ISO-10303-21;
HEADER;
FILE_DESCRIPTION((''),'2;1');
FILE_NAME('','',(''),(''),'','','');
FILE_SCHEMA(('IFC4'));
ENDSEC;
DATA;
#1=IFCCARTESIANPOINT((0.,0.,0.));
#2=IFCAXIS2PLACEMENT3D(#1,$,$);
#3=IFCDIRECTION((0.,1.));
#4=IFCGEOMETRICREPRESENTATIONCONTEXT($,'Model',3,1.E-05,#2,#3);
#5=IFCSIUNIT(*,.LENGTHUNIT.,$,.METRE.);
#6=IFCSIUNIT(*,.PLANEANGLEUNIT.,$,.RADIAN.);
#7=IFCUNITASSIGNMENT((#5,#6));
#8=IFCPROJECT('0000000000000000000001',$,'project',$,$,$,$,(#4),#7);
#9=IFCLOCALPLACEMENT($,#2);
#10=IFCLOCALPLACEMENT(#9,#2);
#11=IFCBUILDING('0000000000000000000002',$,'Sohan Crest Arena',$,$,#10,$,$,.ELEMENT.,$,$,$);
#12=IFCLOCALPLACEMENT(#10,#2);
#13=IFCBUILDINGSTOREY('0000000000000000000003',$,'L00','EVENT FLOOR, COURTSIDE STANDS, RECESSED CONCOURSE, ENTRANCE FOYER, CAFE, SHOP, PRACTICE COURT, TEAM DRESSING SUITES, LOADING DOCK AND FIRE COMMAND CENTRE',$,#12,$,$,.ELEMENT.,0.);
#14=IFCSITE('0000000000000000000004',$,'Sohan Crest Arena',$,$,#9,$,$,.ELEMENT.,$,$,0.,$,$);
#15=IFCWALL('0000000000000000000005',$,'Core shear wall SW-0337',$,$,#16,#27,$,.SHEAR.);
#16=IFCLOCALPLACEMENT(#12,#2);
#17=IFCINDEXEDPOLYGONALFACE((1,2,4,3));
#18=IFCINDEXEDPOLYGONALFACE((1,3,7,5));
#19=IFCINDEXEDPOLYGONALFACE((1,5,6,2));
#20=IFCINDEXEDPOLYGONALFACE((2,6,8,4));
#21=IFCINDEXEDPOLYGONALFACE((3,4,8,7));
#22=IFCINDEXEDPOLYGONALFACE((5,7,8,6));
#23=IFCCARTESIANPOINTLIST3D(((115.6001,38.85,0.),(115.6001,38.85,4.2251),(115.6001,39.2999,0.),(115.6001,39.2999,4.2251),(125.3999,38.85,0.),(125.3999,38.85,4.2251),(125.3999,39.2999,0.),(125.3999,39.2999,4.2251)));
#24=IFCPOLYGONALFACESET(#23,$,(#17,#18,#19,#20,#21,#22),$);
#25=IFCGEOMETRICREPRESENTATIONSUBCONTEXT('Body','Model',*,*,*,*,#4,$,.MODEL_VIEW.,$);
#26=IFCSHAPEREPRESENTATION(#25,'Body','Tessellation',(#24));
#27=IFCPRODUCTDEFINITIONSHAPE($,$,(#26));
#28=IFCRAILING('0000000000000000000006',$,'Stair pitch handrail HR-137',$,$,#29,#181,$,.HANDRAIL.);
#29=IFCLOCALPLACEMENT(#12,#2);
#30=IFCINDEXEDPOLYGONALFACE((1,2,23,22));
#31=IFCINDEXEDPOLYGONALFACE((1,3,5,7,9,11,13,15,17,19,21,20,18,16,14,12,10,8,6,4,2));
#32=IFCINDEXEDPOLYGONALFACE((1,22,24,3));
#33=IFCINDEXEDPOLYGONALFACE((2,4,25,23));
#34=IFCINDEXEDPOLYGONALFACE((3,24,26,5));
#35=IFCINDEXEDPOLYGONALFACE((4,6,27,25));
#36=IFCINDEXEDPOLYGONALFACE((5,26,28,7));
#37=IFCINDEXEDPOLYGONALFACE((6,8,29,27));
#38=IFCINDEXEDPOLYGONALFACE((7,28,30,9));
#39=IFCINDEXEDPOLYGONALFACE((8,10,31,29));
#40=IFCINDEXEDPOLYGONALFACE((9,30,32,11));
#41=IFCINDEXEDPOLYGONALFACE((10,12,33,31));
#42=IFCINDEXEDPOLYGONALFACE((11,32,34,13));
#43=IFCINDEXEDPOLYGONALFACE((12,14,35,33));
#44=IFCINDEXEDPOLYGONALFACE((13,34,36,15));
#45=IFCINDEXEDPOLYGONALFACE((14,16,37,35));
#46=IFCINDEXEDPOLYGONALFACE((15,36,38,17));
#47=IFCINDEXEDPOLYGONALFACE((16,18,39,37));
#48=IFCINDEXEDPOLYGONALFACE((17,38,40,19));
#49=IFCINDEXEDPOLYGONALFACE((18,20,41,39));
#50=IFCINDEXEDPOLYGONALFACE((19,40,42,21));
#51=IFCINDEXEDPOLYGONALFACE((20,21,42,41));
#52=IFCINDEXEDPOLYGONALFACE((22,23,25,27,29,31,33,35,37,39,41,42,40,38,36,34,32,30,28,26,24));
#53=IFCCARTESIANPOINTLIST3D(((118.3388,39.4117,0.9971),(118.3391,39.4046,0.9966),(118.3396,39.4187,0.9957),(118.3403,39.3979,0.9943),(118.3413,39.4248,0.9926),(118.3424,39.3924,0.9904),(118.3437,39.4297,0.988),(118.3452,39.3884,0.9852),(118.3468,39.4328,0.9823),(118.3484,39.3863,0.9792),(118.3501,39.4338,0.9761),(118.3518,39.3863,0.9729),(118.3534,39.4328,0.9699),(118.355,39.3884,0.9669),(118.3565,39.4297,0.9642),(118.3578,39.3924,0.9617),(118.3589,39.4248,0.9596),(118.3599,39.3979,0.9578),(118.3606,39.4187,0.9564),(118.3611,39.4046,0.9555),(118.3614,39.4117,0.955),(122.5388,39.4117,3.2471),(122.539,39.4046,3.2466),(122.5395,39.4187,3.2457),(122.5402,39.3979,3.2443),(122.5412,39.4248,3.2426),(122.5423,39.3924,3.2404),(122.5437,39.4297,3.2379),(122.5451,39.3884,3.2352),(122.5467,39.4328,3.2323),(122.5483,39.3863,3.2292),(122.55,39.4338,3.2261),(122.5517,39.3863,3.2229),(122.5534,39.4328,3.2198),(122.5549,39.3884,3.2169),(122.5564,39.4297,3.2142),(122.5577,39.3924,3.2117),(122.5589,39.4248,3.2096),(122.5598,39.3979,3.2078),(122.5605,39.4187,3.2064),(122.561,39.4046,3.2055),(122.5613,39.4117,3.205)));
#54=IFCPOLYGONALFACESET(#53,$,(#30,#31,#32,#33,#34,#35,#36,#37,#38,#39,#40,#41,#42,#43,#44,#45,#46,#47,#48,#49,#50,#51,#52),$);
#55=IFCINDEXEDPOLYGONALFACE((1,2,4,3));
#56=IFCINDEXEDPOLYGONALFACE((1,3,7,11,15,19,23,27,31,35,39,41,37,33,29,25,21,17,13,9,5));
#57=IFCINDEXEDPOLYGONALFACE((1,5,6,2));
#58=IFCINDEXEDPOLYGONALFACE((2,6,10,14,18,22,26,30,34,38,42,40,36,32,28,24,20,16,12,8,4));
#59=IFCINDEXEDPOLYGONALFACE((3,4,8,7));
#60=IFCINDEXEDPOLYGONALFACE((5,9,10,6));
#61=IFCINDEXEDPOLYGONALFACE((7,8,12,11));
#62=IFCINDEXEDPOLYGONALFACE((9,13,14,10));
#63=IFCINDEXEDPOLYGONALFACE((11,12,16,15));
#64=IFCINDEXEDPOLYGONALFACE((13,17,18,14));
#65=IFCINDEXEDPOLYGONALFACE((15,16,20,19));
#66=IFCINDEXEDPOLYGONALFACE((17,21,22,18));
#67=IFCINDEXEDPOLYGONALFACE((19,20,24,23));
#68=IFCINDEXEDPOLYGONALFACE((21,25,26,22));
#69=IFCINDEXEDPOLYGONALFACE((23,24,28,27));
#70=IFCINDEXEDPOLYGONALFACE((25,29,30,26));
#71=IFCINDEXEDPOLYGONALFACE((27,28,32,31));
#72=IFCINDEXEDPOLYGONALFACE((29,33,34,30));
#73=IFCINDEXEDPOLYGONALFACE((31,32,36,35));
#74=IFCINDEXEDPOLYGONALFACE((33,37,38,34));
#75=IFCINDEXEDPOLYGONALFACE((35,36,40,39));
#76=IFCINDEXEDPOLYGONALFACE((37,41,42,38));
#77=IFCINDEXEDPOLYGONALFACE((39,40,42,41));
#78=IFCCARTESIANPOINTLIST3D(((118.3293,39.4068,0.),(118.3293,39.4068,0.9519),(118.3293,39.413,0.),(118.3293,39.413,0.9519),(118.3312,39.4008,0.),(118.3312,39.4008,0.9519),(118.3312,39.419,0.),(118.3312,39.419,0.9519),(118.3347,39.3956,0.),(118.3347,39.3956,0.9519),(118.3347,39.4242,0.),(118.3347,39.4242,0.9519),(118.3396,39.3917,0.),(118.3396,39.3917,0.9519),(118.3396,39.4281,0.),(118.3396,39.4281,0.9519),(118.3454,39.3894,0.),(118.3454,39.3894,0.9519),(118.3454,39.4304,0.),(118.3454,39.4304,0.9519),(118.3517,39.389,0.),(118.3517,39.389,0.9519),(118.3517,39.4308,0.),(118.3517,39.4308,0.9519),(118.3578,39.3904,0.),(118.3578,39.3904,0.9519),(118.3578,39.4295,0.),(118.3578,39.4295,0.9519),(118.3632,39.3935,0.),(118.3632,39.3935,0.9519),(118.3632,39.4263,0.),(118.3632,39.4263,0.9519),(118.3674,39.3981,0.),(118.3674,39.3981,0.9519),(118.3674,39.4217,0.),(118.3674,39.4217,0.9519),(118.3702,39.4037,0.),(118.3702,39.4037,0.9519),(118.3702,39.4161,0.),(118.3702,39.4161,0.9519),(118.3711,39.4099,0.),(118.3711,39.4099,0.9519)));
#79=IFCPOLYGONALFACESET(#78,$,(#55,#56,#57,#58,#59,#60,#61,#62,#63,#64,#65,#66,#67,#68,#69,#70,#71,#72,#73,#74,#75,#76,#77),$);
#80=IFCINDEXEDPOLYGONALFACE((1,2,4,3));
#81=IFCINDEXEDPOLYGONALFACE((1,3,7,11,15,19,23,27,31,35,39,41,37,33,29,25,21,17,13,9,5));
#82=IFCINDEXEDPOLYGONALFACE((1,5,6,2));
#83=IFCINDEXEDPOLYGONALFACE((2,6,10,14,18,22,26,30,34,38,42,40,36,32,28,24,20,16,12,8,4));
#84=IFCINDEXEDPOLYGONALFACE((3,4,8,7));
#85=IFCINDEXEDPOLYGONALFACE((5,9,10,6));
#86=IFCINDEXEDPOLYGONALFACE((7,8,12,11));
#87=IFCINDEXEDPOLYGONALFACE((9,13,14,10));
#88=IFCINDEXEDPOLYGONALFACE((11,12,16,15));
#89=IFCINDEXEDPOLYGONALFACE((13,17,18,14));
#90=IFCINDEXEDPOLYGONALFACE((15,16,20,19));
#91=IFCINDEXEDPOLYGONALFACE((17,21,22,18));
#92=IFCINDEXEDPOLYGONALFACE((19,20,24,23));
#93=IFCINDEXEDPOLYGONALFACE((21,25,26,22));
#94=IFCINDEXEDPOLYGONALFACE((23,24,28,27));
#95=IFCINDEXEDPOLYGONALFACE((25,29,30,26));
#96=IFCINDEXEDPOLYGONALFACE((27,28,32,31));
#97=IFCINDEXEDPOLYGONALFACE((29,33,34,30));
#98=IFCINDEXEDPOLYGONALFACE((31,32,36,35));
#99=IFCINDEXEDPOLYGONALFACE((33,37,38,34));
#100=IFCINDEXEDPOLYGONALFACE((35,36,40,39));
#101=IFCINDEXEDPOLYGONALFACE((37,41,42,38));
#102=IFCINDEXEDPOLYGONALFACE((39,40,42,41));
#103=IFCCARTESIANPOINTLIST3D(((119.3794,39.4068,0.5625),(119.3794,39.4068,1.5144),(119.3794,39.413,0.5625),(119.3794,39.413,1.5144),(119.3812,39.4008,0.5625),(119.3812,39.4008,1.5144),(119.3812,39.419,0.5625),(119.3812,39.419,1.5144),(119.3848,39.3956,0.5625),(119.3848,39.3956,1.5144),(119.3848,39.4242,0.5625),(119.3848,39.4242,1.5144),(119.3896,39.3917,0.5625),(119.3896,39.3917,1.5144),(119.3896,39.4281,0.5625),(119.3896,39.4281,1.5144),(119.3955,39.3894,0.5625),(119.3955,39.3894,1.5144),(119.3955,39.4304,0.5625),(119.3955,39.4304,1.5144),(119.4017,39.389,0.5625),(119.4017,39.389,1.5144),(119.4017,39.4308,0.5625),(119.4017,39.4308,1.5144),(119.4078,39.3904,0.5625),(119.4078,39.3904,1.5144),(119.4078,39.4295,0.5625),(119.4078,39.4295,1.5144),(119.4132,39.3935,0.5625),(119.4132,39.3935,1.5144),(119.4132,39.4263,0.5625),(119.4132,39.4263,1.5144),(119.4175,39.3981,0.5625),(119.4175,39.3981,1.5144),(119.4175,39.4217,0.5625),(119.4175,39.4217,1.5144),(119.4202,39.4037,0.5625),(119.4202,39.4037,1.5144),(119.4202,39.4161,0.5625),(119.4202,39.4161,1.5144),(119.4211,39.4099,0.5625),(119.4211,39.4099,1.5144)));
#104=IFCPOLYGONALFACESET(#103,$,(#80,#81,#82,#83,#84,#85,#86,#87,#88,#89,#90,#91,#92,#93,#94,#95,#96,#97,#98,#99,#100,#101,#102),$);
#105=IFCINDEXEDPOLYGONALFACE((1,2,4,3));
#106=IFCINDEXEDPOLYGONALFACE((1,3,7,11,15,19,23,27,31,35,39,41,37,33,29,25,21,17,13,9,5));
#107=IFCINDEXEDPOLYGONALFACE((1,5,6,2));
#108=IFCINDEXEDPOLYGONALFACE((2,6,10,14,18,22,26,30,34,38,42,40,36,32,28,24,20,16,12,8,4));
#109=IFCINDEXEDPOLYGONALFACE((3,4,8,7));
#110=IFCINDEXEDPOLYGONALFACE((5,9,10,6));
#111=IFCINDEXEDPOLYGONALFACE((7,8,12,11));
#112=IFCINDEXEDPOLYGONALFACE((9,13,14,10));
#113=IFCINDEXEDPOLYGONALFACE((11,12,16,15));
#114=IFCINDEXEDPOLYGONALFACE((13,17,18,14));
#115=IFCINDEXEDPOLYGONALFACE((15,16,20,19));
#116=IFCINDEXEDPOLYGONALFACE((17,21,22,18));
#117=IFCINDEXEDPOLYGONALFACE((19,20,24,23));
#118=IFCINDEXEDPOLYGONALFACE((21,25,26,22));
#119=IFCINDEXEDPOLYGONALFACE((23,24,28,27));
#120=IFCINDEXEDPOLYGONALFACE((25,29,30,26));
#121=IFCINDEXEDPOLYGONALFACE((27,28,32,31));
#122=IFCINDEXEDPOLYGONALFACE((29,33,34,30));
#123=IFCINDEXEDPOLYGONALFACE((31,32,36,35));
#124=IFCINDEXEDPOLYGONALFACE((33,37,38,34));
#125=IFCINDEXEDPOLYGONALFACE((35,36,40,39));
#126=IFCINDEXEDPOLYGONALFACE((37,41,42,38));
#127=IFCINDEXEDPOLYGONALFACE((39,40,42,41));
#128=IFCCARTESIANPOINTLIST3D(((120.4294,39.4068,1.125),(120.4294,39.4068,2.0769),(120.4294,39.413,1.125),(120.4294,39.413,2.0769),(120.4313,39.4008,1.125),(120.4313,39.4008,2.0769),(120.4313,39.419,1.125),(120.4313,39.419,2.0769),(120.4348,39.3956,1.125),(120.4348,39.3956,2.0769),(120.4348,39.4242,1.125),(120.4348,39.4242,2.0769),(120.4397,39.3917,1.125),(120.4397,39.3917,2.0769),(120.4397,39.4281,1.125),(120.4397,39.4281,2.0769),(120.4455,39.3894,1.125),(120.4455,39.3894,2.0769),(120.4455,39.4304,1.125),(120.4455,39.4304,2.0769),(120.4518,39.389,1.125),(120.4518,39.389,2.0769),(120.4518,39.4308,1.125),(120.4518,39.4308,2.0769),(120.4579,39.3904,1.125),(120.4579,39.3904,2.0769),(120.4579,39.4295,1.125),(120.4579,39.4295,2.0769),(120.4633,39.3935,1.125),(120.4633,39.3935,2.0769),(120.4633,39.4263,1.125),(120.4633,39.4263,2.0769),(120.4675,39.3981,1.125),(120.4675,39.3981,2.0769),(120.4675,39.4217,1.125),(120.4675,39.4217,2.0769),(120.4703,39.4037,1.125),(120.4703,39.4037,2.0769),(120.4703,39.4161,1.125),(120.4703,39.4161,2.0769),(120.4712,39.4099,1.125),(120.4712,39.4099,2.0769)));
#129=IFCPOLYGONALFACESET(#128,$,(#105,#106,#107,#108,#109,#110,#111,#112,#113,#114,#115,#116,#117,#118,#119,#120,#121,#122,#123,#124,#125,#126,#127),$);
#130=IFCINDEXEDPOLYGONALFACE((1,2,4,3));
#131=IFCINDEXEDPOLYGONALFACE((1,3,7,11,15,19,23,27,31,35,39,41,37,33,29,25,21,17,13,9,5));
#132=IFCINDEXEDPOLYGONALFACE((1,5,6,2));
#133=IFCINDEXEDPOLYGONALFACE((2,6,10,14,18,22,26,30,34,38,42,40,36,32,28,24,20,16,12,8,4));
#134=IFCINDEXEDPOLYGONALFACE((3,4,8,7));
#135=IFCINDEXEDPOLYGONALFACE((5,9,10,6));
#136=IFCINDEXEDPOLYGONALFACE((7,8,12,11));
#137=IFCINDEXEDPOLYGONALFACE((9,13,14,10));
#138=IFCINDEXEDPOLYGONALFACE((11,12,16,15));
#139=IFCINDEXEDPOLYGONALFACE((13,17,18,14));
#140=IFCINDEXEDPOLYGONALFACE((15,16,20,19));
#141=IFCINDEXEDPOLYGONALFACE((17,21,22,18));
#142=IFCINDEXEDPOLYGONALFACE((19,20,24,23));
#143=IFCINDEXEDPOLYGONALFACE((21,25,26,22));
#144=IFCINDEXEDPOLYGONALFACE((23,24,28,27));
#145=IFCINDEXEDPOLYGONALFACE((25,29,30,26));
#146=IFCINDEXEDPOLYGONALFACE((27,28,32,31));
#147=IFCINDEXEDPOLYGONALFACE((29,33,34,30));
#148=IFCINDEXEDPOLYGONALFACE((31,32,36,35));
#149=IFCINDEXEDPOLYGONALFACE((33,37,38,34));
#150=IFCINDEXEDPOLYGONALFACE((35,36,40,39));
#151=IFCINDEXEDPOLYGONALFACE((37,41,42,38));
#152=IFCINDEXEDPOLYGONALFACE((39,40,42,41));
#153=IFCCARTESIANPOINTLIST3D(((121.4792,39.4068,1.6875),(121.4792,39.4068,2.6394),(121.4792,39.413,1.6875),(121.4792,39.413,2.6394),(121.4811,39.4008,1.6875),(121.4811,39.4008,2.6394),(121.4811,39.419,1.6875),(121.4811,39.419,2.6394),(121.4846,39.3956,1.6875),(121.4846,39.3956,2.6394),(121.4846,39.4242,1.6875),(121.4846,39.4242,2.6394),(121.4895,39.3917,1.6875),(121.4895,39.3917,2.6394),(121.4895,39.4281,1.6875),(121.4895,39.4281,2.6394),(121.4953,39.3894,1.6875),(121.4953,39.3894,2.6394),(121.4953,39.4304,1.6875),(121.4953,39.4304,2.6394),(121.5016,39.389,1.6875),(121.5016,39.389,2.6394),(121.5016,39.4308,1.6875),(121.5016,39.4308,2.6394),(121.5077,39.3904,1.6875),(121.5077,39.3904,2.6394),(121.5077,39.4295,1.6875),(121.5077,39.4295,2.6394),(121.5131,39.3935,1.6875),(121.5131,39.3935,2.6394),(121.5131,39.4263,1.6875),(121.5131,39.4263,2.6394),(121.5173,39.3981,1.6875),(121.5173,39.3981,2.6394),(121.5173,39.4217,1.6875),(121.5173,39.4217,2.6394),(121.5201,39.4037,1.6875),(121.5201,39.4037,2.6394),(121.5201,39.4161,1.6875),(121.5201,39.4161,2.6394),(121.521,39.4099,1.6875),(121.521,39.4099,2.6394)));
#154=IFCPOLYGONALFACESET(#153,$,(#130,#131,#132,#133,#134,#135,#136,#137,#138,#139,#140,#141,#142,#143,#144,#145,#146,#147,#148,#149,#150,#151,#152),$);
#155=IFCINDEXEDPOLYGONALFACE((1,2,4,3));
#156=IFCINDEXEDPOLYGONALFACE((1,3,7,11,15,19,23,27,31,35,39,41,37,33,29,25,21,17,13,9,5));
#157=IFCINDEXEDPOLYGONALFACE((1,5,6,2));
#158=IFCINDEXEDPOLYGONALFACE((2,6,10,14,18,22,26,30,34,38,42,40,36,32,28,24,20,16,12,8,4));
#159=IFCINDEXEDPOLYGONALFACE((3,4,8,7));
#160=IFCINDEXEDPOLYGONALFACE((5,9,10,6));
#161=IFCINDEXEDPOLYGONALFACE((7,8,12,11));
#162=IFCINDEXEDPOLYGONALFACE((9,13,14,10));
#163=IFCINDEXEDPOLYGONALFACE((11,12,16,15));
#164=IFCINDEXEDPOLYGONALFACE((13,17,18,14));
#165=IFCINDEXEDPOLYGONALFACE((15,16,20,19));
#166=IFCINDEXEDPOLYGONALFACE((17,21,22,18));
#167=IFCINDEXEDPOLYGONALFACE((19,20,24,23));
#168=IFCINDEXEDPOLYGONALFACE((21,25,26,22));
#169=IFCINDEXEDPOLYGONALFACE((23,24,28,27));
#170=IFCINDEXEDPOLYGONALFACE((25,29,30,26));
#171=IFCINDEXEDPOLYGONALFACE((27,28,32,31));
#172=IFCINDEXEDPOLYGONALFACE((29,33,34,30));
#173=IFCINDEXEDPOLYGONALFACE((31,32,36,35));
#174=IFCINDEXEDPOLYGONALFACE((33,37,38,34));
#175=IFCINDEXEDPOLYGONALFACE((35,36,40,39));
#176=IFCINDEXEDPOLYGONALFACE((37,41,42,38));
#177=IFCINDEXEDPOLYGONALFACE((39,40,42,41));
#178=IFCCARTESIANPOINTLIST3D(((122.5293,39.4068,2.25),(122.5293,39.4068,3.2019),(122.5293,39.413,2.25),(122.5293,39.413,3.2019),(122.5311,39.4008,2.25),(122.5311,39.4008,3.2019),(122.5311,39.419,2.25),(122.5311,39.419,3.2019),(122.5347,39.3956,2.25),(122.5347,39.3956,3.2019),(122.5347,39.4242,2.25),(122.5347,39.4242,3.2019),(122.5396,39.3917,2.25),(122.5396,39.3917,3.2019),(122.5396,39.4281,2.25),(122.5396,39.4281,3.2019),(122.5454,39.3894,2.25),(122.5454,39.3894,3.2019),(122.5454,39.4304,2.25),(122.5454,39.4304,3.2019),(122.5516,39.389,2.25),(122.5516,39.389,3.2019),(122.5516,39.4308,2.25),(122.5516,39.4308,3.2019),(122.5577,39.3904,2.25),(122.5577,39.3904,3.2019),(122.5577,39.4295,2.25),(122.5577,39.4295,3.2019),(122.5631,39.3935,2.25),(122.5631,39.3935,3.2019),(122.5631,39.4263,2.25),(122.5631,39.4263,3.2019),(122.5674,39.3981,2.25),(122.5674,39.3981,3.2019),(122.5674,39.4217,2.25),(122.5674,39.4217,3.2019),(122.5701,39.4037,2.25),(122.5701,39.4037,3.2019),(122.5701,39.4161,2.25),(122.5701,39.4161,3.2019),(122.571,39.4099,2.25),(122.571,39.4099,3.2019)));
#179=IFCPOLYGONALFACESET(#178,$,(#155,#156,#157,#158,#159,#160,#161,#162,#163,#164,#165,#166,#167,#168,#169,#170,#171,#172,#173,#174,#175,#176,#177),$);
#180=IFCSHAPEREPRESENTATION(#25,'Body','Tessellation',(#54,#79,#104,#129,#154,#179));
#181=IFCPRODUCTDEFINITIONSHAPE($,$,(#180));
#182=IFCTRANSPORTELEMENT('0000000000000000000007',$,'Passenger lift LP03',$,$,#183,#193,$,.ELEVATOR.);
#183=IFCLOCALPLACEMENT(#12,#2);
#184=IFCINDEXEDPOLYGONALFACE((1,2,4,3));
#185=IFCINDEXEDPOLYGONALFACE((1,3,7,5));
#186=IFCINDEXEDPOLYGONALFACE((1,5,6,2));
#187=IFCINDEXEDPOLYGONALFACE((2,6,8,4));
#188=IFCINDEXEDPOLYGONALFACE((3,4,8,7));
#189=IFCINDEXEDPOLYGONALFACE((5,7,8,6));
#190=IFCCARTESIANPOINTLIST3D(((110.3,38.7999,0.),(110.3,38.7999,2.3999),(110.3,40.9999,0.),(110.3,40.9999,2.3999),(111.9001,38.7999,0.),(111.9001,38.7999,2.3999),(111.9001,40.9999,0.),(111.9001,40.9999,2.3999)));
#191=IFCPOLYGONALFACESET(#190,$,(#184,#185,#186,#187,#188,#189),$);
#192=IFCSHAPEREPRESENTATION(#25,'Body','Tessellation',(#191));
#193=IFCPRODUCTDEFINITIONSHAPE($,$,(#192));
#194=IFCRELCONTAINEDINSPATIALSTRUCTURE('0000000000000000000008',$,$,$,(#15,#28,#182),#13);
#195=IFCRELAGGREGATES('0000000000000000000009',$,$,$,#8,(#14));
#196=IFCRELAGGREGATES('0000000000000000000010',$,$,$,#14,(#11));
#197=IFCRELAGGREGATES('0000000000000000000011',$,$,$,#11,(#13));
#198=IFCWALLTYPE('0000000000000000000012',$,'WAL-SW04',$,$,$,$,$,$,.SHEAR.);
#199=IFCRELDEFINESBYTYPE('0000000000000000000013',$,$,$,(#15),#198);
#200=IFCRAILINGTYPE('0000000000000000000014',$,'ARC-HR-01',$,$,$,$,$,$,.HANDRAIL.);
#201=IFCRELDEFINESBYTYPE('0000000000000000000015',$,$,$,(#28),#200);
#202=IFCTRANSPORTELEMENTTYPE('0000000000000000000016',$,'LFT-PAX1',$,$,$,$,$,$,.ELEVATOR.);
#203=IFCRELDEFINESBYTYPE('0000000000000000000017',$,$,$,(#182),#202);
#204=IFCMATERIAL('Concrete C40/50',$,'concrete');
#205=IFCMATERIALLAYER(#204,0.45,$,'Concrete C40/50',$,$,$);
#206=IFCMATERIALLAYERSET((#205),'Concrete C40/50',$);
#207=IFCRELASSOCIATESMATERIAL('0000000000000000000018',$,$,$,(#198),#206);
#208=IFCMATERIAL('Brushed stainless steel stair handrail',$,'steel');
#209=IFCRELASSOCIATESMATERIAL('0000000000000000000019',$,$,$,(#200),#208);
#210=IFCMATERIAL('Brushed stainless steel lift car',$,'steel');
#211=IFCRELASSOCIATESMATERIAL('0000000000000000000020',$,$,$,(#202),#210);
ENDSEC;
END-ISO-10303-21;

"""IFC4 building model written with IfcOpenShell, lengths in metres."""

from ifc_helpers import new_model, si_unit, direction, frame, frame_2d, origin, origin_2d, place, context, subcontext, project, spatial, rectangle, circle, extrude, material, layer, layer_set, type_object, element, save


model = new_model("IFC4")

# Units and contexts
model_context = context("Model", 3, precision=1e-05, world=origin(), true_north=direction((0.0, 1.0)))
body_context = subcontext(model_context, "Body", "Model", "MODEL_VIEW")
ifc_project = project(units=[si_unit("LENGTHUNIT", "METRE"), si_unit("PLANEANGLEUNIT", "RADIAN")], contexts=[model_context])

# Site, building, storey
site_placement = place(None, origin())
site = spatial("IfcSite", under=ifc_project, at=site_placement, Name="Sohan Crest Arena", CompositionType="ELEMENT", RefElevation=0.0)
building_placement = place(site_placement, origin())
building = spatial("IfcBuilding", under=site, at=building_placement, Name="Sohan Crest Arena", CompositionType="ELEMENT")
storey_placement = place(building_placement, origin())
storey = spatial("IfcBuildingStorey", under=building, at=storey_placement, Name="L00", Description="EVENT FLOOR, COURTSIDE STANDS, RECESSED CONCOURSE, ENTRANCE FOYER, CAFE, SHOP, PRACTICE COURT, TEAM DRESSING SUITES, LOADING DOCK AND FIRE COMMAND CENTRE", CompositionType="ELEMENT", Elevation=0.0)

# Wall
ifc_material_1 = material(Name="Concrete C40/50", Category="concrete")
ifc_layer_1 = layer(ifc_material_1, 0.45, Name="Concrete C40/50")
ifc_layer_set_1 = layer_set([ifc_layer_1], Name="Concrete C40/50")
wall_type_1 = type_object("IfcWallType", Name="WAL-SW04", PredefinedType="SHEAR", material=ifc_layer_set_1)
wall_1_placement = place(storey_placement, frame((115.6001, 39.075, 0.0), z_axis=(0.0, 0.0, 1.0), x_axis=(1.0, 0.0, 0.0)))
element("IfcWall", 1, at=wall_1_placement, inside=storey, type_object=wall_type_1, Name="Core shear wall SW-0337", PredefinedType="SHEAR", context=body_context, shape_type="SweptSolid", body=[
    extrude(rectangle(XDim=9.7998, YDim=0.45, at=frame_2d((4.8999, 0.0))), origin(), (0.0, 0.0, 1.0), 4.2251),
])

# Railing
ifc_material_2 = material(Name="Brushed stainless steel stair handrail", Category="steel")
railing_type = type_object("IfcRailingType", Name="ARC-HR-01", PredefinedType="HANDRAIL", material=ifc_material_2)
railing_placement = place(storey_placement, frame((118.3501, 39.4099, 0.0)))
element("IfcRailing", 2, at=railing_placement, inside=storey, type_object=railing_type, Name="Stair pitch handrail HR-137", PredefinedType="HANDRAIL", context=body_context, shape_type="SweptSolid", body=[
    extrude(circle(Radius=0.0239, at=origin_2d()), frame((0.0, 0.0, 0.9761), z_axis=(0.881478, 0.0, 0.472226), x_axis=(0.0, 1.0, 0.0)), (0.0, 0.0, 1.0), 4.7646),
    extrude(circle(Radius=0.021, at=origin_2d()), origin(), (0.0, 0.0, 1.0), 0.9519),
    extrude(circle(Radius=0.021, at=origin_2d()), frame((1.05, 0.0, 0.5625)), (0.0, 0.0, 1.0), 0.9519),
    extrude(circle(Radius=0.021, at=origin_2d()), frame((2.1001, 0.0, 1.125)), (0.0, 0.0, 1.0), 0.9519),
    extrude(circle(Radius=0.021, at=origin_2d()), frame((3.1499, 0.0, 1.6875)), (0.0, 0.0, 1.0), 0.9519),
    extrude(circle(Radius=0.021, at=origin_2d()), frame((4.2, 0.0, 2.25)), (0.0, 0.0, 1.0), 0.9519),
])

# Transport element
ifc_material_3 = material(Name="Brushed stainless steel lift car", Category="steel")
transport_element_type = type_object("IfcTransportElementType", Name="LFT-PAX1", PredefinedType="ELEVATOR", material=ifc_material_3)
transport_element_placement = place(storey_placement, frame((111.1001, 39.8999, 0.0), z_axis=(0.0, 0.0, 1.0), x_axis=(1.0, 0.0, 0.0)))
element("IfcTransportElement", 3, at=transport_element_placement, inside=storey, type_object=transport_element_type, Name="Passenger lift LP03", PredefinedType="ELEVATOR", context=body_context, shape_type="SweptSolid", body=[
    extrude(rectangle(XDim=1.6001, YDim=2.2, at=origin_2d()), origin(), (0.0, 0.0, 1.0), 2.3999),
])

save(model, "model.ifc")
